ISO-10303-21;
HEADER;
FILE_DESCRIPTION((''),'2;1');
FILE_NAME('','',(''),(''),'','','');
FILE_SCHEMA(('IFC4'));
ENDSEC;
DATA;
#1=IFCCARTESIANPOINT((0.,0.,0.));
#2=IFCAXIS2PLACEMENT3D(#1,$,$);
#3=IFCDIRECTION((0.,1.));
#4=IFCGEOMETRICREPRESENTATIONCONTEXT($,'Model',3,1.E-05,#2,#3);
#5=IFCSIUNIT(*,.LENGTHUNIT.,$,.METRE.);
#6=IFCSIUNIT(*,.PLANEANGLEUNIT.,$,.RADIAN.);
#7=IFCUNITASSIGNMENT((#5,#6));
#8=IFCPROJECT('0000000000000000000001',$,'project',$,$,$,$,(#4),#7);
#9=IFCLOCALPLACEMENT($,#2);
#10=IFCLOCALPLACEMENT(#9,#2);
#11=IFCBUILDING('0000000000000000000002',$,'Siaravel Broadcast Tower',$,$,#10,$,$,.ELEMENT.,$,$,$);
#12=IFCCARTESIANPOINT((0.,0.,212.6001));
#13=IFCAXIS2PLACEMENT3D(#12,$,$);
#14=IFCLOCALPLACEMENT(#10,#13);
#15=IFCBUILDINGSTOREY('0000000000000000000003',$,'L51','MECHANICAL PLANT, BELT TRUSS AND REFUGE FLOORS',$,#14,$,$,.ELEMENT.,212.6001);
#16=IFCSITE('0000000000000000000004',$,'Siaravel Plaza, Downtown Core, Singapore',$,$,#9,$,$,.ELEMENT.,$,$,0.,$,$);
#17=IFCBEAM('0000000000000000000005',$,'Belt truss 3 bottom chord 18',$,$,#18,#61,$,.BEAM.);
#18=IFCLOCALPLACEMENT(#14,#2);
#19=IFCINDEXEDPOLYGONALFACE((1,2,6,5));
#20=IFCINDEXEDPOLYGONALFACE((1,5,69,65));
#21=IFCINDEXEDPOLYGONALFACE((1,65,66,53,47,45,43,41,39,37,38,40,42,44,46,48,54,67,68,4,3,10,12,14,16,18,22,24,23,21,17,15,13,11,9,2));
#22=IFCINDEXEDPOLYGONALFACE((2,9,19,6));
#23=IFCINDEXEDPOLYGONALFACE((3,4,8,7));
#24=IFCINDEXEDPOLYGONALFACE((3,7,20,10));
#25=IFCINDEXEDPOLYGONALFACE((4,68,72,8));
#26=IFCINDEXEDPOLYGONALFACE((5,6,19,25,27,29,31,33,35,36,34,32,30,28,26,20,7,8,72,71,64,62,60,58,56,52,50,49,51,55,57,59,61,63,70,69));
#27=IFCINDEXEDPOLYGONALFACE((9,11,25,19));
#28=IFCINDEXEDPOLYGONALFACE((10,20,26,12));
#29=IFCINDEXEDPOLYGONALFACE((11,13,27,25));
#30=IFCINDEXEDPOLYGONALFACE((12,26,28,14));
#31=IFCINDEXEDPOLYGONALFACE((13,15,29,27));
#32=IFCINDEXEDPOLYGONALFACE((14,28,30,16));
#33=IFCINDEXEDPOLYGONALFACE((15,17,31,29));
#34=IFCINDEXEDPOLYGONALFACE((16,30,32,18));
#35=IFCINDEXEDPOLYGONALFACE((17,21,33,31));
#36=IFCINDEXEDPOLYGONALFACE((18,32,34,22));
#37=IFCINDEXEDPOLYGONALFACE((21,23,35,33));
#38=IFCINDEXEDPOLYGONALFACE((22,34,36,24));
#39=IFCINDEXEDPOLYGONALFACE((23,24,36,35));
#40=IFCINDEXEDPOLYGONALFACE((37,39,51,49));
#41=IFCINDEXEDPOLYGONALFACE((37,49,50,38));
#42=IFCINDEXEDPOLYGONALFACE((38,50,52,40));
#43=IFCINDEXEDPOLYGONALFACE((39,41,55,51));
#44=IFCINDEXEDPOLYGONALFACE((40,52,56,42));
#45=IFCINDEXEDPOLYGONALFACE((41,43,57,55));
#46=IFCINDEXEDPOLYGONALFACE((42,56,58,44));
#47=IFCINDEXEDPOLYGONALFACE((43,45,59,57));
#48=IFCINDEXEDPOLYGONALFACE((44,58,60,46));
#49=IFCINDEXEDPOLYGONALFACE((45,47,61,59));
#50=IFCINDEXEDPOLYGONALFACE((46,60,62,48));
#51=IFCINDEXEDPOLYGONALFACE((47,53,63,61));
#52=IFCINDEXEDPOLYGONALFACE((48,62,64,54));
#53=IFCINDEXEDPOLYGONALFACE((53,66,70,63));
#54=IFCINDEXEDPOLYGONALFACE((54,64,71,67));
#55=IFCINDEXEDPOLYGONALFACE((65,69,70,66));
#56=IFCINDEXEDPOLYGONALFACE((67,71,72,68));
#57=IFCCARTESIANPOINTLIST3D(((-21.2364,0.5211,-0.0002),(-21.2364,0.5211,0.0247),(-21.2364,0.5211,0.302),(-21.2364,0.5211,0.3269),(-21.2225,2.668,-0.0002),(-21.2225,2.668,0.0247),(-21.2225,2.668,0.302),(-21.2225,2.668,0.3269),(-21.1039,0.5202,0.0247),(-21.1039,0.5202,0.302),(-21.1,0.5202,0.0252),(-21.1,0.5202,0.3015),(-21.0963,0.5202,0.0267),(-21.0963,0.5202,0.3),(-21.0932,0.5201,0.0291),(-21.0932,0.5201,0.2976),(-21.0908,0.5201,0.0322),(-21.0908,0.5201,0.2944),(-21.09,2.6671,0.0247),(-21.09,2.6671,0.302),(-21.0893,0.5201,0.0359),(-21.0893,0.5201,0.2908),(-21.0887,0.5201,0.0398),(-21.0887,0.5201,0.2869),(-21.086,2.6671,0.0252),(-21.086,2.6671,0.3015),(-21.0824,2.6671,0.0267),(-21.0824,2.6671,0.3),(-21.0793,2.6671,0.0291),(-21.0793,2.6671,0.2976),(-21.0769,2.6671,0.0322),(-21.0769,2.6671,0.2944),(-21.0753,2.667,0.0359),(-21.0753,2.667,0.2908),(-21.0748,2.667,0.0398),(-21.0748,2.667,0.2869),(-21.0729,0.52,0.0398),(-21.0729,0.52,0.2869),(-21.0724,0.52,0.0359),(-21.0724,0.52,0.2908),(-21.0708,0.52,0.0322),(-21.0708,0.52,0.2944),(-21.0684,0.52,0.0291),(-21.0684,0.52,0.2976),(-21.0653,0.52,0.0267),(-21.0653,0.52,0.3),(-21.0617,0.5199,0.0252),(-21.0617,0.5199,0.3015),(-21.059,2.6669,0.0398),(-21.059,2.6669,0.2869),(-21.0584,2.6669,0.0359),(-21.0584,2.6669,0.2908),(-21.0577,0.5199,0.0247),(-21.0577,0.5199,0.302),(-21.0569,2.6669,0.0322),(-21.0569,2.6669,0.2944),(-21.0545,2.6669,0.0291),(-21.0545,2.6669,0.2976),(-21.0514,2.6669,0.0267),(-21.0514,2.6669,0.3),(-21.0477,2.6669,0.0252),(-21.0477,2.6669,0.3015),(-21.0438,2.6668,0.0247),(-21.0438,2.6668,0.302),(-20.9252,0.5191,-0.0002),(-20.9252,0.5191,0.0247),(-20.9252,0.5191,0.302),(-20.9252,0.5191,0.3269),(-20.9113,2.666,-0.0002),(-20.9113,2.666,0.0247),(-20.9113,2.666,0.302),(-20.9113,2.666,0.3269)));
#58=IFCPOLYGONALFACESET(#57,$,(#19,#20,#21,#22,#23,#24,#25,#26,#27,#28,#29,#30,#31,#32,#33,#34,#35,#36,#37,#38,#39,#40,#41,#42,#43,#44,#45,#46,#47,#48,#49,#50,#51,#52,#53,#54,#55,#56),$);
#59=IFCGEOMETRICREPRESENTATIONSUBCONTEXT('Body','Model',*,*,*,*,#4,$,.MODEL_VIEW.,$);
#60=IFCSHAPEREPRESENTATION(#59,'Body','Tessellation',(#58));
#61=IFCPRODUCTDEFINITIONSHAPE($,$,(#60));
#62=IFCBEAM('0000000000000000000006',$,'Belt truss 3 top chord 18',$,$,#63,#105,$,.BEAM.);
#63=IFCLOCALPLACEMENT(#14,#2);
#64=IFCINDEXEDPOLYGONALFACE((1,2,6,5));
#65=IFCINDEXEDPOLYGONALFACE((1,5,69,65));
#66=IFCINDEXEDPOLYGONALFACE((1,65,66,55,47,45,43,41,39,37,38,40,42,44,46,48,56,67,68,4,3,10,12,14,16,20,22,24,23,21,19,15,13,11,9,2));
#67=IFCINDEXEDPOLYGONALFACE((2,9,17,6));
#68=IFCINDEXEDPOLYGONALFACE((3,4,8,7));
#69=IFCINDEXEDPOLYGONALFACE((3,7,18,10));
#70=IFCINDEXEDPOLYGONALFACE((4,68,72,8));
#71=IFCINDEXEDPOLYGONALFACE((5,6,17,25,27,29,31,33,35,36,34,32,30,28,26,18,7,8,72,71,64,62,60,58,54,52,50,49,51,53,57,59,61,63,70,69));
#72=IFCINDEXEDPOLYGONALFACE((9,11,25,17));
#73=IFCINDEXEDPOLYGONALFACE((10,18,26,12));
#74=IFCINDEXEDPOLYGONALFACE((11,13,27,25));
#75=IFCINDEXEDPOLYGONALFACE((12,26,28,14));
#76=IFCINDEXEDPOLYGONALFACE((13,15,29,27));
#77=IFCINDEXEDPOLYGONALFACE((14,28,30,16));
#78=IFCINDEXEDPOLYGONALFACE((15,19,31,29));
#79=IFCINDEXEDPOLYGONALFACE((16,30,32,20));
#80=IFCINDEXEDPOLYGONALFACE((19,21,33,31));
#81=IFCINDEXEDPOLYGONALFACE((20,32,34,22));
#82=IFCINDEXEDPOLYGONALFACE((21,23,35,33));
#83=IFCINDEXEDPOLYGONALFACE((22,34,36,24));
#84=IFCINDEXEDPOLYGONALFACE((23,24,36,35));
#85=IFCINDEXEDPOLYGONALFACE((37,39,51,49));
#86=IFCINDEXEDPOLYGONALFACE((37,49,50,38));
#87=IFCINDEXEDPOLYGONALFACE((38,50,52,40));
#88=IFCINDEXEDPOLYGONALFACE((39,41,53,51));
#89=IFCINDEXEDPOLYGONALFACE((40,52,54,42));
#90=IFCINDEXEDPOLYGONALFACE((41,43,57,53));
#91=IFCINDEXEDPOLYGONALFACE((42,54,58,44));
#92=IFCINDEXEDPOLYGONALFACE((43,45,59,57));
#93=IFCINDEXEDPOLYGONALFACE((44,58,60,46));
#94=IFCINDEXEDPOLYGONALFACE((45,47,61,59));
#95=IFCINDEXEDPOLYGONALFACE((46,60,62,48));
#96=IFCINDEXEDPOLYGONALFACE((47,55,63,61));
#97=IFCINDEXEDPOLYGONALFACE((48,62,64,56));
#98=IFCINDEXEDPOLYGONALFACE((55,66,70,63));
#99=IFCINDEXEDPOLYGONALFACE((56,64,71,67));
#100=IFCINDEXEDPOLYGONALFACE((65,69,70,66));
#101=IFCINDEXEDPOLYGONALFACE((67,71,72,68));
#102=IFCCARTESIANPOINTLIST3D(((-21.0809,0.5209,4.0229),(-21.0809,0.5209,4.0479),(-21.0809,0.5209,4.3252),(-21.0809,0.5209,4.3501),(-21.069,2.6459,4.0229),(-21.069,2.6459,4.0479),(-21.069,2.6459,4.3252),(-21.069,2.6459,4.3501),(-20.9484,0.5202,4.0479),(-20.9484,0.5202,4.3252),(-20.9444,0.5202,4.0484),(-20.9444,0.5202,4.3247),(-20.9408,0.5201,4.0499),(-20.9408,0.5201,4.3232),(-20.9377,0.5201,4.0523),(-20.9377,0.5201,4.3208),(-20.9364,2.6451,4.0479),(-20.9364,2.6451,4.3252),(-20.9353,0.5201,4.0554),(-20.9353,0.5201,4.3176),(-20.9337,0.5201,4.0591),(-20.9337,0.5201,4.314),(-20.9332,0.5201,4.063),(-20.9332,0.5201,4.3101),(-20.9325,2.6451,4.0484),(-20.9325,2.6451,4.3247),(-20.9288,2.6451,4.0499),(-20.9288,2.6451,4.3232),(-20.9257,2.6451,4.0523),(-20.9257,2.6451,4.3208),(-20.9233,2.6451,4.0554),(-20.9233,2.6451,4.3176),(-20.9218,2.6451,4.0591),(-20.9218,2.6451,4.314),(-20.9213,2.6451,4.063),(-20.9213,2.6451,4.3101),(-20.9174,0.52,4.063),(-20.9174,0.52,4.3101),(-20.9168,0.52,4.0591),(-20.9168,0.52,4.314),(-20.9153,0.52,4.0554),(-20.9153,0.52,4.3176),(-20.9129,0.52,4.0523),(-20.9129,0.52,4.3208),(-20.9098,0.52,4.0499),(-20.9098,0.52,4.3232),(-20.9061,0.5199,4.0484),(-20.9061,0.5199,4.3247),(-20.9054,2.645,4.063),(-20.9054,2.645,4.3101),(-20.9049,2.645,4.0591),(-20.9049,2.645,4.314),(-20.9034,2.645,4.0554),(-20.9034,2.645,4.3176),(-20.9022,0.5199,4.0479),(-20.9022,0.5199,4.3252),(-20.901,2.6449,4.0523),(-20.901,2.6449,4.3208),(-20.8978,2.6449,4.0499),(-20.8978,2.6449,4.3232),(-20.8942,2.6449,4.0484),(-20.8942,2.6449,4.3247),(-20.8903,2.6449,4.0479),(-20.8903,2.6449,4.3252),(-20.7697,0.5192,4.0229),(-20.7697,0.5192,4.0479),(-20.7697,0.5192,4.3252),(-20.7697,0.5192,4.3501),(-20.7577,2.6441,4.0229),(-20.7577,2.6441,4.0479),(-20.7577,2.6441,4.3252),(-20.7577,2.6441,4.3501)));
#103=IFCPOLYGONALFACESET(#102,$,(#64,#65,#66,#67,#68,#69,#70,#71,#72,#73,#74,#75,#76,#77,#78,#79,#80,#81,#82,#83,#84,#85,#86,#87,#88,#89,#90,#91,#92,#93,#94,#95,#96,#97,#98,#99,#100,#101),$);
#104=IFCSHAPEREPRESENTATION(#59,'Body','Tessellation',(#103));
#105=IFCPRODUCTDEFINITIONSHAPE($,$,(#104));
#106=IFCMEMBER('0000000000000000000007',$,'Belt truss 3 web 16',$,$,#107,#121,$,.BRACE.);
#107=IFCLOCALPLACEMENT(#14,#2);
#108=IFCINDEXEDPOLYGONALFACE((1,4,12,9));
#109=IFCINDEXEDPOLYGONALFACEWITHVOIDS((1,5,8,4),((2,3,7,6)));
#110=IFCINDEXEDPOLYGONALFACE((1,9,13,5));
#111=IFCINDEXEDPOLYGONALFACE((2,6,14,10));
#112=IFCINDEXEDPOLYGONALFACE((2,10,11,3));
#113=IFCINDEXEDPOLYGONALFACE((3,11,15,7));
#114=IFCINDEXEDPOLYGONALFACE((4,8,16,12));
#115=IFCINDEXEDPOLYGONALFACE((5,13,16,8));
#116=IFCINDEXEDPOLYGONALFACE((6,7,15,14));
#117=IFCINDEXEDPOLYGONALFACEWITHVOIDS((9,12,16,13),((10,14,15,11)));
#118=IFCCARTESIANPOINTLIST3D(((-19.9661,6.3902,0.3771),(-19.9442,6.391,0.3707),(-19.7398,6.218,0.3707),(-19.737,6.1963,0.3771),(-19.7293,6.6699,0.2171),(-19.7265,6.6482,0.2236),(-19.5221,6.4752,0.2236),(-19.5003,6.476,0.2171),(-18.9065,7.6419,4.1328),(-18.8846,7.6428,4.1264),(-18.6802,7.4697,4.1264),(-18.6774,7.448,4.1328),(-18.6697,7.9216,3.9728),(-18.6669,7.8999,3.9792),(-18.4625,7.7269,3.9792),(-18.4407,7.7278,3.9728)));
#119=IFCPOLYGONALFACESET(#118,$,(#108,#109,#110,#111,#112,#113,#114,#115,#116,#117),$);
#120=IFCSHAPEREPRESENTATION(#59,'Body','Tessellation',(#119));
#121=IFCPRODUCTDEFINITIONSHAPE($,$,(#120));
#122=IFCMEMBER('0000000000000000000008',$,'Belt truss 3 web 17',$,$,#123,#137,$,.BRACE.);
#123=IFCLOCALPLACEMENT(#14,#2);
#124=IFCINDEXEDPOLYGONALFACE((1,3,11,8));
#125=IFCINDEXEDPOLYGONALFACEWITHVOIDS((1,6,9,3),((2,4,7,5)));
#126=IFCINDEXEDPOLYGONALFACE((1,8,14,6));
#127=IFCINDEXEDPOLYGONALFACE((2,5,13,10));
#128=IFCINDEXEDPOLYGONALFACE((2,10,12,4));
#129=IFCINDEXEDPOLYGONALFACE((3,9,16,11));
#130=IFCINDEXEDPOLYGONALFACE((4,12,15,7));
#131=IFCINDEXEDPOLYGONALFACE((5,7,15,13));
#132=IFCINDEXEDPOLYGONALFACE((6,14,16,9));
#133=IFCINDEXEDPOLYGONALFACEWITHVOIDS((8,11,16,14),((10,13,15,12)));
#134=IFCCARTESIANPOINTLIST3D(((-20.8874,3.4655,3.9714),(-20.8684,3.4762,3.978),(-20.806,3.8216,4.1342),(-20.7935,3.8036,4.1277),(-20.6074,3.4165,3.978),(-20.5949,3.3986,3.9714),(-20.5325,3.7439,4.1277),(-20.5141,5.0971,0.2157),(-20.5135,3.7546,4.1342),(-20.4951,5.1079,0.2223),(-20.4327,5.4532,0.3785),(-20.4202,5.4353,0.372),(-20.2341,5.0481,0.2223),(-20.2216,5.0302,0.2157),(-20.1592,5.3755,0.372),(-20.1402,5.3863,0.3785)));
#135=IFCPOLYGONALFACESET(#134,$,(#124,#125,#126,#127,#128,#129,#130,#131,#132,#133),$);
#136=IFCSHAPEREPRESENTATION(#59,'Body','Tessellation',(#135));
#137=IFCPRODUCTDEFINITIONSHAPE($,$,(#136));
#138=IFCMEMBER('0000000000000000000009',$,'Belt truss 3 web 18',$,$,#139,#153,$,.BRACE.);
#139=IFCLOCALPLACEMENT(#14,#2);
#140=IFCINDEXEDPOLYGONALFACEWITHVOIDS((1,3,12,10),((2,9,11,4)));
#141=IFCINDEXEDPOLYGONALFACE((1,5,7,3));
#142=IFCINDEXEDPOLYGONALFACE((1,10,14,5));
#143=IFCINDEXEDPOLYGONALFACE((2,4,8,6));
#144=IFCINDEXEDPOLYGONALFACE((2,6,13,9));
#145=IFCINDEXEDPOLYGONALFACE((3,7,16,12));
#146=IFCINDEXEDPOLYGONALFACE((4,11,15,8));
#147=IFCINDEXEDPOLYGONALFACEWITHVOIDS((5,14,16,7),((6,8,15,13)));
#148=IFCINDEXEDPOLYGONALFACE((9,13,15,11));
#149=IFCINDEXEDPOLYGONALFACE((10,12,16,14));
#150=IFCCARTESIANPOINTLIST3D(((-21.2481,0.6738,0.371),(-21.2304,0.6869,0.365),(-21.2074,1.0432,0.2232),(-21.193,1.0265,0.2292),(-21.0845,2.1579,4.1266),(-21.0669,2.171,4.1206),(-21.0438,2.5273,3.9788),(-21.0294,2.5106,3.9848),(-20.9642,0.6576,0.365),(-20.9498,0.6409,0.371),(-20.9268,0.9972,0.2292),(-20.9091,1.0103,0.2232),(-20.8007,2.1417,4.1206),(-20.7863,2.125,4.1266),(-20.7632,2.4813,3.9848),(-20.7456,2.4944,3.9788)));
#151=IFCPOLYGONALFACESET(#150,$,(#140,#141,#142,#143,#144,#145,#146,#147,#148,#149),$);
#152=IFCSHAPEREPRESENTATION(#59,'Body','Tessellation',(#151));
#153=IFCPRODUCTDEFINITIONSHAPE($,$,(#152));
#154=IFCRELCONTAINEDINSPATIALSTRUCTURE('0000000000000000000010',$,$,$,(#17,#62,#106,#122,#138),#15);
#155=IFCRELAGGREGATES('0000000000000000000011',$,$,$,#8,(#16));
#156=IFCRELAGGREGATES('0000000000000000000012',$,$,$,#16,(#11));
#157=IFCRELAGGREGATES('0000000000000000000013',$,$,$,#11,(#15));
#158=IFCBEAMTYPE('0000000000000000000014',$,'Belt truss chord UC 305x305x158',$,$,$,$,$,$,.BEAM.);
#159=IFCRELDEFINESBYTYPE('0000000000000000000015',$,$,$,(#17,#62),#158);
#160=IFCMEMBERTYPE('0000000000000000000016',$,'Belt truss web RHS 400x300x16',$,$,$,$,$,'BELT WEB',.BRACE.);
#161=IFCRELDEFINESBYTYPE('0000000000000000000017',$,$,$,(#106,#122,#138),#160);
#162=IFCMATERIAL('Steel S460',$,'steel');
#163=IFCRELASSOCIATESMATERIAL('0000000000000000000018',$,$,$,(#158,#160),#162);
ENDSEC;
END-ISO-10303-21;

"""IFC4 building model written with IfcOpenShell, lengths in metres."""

from ifc_helpers import new_model, si_unit, direction, frame, origin, origin_2d, place, context, subcontext, project, spatial, hollow_rectangle, i_section, extrude, material, material_profile, profile_set, type_object, element, save


model = new_model("IFC4")

# Units and contexts
model_context = context("Model", 3, precision=1e-05, world=origin(), true_north=direction((0.0, 1.0)))
body_context = subcontext(model_context, "Body", "Model", "MODEL_VIEW")
ifc_project = project(units=[si_unit("LENGTHUNIT", "METRE"), si_unit("PLANEANGLEUNIT", "RADIAN")], contexts=[model_context])

# Site, building, storey
site_placement = place(None, origin())
site = spatial("IfcSite", under=ifc_project, at=site_placement, Name="Siaravel Plaza, Downtown Core, Singapore", CompositionType="ELEMENT", RefElevation=0.0)
building_placement = place(site_placement, origin())
building = spatial("IfcBuilding", under=site, at=building_placement, Name="Siaravel Broadcast Tower", CompositionType="ELEMENT")
storey_placement = place(building_placement, frame((0.0, 0.0, 212.6001)))
storey = spatial("IfcBuildingStorey", under=building, at=storey_placement, Name="L51", Description="MECHANICAL PLANT, BELT TRUSS AND REFUGE FLOORS", CompositionType="ELEMENT", Elevation=212.6001)

# Beams
ifc_material_1 = material(Name="Steel S460", Category="steel")
ifc_material_profile_1 = material_profile(ifc_material_1, i_section(OverallWidth=0.3113, OverallDepth=0.3271, WebThickness=0.0159, FlangeThickness=0.0249, FilletRadius=0.0151, at=origin_2d()))
ifc_profile_set_1 = profile_set([ifc_material_profile_1], Name="Steel S460")
beam_type_1 = type_object("IfcBeamType", Name="Belt truss chord UC 305x305x158", PredefinedType="BEAM", material=ifc_profile_set_1)
beam_1_placement = place(storey_placement, frame((-21.0669, 2.667, 0.1633), z_axis=(-0.006482, -0.999979, 0.0), x_axis=(0.999979, -0.006482, 0.0)))
element("IfcBeam", 1, at=beam_1_placement, inside=storey, type_object=beam_type_1, Name="Belt truss 3 bottom chord 18", PredefinedType="BEAM", context=body_context, shape_type="SweptSolid", body=[
    extrude(i_section(OverallWidth=0.3113, OverallDepth=0.3271, WebThickness=0.0159, FlangeThickness=0.0249, FilletRadius=0.0151, at=origin_2d()), origin(), (0.0, 0.0, 1.0), 2.147),
])
beam_2_placement = place(storey_placement, frame((-20.9133, 2.645, 4.1865), z_axis=(-0.00563, -0.999984, 0.0), x_axis=(0.999984, -0.00563, 0.0)))
element("IfcBeam", 2, at=beam_2_placement, inside=storey, type_object=beam_type_1, Name="Belt truss 3 top chord 18", PredefinedType="BEAM", context=body_context, shape_type="SweptSolid", body=[
    extrude(i_section(OverallWidth=0.3113, OverallDepth=0.3271, WebThickness=0.0159, FlangeThickness=0.0249, FilletRadius=0.0151, at=origin_2d()), origin(), (0.0, 0.0, 1.0), 2.125),
])

# Members
ifc_material_profile_2 = material_profile(ifc_material_1, hollow_rectangle(XDim=0.3, YDim=0.3999, WallThickness=0.0161, at=origin_2d()))
ifc_profile_set_2 = profile_set([ifc_material_profile_2], Name="Steel S460")
member_type_1 = type_object("IfcMemberType", Name="Belt truss web RHS 400x300x16", ElementType="BELT WEB", PredefinedType="BRACE", material=ifc_profile_set_2)
member_1_placement = place(storey_placement, frame((-19.7332, 6.4331, 0.2971), z_axis=(0.258554, 0.305439, 0.916437), x_axis=(-0.763256, 0.646096, 0.0)))
element("IfcMember", 3, at=member_1_placement, inside=storey, type_object=member_type_1, Name="Belt truss 3 web 16", PredefinedType="BRACE", context=body_context, shape_type="SweptSolid", body=[
    extrude(hollow_rectangle(XDim=0.3, YDim=0.3999, WallThickness=0.0161, at=origin_2d()), origin(), (0.0, 0.0, 1.0), 4.0981),
])
member_2_placement = place(storey_placement, frame((-20.3271, 5.2417, 0.2971), z_axis=(-0.090787, -0.396817, 0.913397), x_axis=(0.974812, -0.223027, 0.0)))
element("IfcMember", 4, at=member_2_placement, inside=storey, type_object=member_type_1, Name="Belt truss 3 web 17", PredefinedType="BRACE", context=body_context, shape_type="SweptSolid", body=[
    extrude(hollow_rectangle(XDim=0.3, YDim=0.3999, WallThickness=0.0161, at=origin_2d()), origin(), (0.0, 0.0, 1.0), 4.1118),
])
member_3_placement = place(storey_placement, frame((-21.0786, 0.842, 0.2971), z_axis=(0.040473, 0.367219, 0.929253), x_axis=(-0.993981, 0.109552, 0.0)))
element("IfcMember", 5, at=member_3_placement, inside=storey, type_object=member_type_1, Name="Belt truss 3 web 18", PredefinedType="BRACE", context=body_context, shape_type="SweptSolid", body=[
    extrude(hollow_rectangle(XDim=0.3, YDim=0.3999, WallThickness=0.0161, at=origin_2d()), origin(), (0.0, 0.0, 1.0), 4.0415),
])

save(model, "model.ifc")
